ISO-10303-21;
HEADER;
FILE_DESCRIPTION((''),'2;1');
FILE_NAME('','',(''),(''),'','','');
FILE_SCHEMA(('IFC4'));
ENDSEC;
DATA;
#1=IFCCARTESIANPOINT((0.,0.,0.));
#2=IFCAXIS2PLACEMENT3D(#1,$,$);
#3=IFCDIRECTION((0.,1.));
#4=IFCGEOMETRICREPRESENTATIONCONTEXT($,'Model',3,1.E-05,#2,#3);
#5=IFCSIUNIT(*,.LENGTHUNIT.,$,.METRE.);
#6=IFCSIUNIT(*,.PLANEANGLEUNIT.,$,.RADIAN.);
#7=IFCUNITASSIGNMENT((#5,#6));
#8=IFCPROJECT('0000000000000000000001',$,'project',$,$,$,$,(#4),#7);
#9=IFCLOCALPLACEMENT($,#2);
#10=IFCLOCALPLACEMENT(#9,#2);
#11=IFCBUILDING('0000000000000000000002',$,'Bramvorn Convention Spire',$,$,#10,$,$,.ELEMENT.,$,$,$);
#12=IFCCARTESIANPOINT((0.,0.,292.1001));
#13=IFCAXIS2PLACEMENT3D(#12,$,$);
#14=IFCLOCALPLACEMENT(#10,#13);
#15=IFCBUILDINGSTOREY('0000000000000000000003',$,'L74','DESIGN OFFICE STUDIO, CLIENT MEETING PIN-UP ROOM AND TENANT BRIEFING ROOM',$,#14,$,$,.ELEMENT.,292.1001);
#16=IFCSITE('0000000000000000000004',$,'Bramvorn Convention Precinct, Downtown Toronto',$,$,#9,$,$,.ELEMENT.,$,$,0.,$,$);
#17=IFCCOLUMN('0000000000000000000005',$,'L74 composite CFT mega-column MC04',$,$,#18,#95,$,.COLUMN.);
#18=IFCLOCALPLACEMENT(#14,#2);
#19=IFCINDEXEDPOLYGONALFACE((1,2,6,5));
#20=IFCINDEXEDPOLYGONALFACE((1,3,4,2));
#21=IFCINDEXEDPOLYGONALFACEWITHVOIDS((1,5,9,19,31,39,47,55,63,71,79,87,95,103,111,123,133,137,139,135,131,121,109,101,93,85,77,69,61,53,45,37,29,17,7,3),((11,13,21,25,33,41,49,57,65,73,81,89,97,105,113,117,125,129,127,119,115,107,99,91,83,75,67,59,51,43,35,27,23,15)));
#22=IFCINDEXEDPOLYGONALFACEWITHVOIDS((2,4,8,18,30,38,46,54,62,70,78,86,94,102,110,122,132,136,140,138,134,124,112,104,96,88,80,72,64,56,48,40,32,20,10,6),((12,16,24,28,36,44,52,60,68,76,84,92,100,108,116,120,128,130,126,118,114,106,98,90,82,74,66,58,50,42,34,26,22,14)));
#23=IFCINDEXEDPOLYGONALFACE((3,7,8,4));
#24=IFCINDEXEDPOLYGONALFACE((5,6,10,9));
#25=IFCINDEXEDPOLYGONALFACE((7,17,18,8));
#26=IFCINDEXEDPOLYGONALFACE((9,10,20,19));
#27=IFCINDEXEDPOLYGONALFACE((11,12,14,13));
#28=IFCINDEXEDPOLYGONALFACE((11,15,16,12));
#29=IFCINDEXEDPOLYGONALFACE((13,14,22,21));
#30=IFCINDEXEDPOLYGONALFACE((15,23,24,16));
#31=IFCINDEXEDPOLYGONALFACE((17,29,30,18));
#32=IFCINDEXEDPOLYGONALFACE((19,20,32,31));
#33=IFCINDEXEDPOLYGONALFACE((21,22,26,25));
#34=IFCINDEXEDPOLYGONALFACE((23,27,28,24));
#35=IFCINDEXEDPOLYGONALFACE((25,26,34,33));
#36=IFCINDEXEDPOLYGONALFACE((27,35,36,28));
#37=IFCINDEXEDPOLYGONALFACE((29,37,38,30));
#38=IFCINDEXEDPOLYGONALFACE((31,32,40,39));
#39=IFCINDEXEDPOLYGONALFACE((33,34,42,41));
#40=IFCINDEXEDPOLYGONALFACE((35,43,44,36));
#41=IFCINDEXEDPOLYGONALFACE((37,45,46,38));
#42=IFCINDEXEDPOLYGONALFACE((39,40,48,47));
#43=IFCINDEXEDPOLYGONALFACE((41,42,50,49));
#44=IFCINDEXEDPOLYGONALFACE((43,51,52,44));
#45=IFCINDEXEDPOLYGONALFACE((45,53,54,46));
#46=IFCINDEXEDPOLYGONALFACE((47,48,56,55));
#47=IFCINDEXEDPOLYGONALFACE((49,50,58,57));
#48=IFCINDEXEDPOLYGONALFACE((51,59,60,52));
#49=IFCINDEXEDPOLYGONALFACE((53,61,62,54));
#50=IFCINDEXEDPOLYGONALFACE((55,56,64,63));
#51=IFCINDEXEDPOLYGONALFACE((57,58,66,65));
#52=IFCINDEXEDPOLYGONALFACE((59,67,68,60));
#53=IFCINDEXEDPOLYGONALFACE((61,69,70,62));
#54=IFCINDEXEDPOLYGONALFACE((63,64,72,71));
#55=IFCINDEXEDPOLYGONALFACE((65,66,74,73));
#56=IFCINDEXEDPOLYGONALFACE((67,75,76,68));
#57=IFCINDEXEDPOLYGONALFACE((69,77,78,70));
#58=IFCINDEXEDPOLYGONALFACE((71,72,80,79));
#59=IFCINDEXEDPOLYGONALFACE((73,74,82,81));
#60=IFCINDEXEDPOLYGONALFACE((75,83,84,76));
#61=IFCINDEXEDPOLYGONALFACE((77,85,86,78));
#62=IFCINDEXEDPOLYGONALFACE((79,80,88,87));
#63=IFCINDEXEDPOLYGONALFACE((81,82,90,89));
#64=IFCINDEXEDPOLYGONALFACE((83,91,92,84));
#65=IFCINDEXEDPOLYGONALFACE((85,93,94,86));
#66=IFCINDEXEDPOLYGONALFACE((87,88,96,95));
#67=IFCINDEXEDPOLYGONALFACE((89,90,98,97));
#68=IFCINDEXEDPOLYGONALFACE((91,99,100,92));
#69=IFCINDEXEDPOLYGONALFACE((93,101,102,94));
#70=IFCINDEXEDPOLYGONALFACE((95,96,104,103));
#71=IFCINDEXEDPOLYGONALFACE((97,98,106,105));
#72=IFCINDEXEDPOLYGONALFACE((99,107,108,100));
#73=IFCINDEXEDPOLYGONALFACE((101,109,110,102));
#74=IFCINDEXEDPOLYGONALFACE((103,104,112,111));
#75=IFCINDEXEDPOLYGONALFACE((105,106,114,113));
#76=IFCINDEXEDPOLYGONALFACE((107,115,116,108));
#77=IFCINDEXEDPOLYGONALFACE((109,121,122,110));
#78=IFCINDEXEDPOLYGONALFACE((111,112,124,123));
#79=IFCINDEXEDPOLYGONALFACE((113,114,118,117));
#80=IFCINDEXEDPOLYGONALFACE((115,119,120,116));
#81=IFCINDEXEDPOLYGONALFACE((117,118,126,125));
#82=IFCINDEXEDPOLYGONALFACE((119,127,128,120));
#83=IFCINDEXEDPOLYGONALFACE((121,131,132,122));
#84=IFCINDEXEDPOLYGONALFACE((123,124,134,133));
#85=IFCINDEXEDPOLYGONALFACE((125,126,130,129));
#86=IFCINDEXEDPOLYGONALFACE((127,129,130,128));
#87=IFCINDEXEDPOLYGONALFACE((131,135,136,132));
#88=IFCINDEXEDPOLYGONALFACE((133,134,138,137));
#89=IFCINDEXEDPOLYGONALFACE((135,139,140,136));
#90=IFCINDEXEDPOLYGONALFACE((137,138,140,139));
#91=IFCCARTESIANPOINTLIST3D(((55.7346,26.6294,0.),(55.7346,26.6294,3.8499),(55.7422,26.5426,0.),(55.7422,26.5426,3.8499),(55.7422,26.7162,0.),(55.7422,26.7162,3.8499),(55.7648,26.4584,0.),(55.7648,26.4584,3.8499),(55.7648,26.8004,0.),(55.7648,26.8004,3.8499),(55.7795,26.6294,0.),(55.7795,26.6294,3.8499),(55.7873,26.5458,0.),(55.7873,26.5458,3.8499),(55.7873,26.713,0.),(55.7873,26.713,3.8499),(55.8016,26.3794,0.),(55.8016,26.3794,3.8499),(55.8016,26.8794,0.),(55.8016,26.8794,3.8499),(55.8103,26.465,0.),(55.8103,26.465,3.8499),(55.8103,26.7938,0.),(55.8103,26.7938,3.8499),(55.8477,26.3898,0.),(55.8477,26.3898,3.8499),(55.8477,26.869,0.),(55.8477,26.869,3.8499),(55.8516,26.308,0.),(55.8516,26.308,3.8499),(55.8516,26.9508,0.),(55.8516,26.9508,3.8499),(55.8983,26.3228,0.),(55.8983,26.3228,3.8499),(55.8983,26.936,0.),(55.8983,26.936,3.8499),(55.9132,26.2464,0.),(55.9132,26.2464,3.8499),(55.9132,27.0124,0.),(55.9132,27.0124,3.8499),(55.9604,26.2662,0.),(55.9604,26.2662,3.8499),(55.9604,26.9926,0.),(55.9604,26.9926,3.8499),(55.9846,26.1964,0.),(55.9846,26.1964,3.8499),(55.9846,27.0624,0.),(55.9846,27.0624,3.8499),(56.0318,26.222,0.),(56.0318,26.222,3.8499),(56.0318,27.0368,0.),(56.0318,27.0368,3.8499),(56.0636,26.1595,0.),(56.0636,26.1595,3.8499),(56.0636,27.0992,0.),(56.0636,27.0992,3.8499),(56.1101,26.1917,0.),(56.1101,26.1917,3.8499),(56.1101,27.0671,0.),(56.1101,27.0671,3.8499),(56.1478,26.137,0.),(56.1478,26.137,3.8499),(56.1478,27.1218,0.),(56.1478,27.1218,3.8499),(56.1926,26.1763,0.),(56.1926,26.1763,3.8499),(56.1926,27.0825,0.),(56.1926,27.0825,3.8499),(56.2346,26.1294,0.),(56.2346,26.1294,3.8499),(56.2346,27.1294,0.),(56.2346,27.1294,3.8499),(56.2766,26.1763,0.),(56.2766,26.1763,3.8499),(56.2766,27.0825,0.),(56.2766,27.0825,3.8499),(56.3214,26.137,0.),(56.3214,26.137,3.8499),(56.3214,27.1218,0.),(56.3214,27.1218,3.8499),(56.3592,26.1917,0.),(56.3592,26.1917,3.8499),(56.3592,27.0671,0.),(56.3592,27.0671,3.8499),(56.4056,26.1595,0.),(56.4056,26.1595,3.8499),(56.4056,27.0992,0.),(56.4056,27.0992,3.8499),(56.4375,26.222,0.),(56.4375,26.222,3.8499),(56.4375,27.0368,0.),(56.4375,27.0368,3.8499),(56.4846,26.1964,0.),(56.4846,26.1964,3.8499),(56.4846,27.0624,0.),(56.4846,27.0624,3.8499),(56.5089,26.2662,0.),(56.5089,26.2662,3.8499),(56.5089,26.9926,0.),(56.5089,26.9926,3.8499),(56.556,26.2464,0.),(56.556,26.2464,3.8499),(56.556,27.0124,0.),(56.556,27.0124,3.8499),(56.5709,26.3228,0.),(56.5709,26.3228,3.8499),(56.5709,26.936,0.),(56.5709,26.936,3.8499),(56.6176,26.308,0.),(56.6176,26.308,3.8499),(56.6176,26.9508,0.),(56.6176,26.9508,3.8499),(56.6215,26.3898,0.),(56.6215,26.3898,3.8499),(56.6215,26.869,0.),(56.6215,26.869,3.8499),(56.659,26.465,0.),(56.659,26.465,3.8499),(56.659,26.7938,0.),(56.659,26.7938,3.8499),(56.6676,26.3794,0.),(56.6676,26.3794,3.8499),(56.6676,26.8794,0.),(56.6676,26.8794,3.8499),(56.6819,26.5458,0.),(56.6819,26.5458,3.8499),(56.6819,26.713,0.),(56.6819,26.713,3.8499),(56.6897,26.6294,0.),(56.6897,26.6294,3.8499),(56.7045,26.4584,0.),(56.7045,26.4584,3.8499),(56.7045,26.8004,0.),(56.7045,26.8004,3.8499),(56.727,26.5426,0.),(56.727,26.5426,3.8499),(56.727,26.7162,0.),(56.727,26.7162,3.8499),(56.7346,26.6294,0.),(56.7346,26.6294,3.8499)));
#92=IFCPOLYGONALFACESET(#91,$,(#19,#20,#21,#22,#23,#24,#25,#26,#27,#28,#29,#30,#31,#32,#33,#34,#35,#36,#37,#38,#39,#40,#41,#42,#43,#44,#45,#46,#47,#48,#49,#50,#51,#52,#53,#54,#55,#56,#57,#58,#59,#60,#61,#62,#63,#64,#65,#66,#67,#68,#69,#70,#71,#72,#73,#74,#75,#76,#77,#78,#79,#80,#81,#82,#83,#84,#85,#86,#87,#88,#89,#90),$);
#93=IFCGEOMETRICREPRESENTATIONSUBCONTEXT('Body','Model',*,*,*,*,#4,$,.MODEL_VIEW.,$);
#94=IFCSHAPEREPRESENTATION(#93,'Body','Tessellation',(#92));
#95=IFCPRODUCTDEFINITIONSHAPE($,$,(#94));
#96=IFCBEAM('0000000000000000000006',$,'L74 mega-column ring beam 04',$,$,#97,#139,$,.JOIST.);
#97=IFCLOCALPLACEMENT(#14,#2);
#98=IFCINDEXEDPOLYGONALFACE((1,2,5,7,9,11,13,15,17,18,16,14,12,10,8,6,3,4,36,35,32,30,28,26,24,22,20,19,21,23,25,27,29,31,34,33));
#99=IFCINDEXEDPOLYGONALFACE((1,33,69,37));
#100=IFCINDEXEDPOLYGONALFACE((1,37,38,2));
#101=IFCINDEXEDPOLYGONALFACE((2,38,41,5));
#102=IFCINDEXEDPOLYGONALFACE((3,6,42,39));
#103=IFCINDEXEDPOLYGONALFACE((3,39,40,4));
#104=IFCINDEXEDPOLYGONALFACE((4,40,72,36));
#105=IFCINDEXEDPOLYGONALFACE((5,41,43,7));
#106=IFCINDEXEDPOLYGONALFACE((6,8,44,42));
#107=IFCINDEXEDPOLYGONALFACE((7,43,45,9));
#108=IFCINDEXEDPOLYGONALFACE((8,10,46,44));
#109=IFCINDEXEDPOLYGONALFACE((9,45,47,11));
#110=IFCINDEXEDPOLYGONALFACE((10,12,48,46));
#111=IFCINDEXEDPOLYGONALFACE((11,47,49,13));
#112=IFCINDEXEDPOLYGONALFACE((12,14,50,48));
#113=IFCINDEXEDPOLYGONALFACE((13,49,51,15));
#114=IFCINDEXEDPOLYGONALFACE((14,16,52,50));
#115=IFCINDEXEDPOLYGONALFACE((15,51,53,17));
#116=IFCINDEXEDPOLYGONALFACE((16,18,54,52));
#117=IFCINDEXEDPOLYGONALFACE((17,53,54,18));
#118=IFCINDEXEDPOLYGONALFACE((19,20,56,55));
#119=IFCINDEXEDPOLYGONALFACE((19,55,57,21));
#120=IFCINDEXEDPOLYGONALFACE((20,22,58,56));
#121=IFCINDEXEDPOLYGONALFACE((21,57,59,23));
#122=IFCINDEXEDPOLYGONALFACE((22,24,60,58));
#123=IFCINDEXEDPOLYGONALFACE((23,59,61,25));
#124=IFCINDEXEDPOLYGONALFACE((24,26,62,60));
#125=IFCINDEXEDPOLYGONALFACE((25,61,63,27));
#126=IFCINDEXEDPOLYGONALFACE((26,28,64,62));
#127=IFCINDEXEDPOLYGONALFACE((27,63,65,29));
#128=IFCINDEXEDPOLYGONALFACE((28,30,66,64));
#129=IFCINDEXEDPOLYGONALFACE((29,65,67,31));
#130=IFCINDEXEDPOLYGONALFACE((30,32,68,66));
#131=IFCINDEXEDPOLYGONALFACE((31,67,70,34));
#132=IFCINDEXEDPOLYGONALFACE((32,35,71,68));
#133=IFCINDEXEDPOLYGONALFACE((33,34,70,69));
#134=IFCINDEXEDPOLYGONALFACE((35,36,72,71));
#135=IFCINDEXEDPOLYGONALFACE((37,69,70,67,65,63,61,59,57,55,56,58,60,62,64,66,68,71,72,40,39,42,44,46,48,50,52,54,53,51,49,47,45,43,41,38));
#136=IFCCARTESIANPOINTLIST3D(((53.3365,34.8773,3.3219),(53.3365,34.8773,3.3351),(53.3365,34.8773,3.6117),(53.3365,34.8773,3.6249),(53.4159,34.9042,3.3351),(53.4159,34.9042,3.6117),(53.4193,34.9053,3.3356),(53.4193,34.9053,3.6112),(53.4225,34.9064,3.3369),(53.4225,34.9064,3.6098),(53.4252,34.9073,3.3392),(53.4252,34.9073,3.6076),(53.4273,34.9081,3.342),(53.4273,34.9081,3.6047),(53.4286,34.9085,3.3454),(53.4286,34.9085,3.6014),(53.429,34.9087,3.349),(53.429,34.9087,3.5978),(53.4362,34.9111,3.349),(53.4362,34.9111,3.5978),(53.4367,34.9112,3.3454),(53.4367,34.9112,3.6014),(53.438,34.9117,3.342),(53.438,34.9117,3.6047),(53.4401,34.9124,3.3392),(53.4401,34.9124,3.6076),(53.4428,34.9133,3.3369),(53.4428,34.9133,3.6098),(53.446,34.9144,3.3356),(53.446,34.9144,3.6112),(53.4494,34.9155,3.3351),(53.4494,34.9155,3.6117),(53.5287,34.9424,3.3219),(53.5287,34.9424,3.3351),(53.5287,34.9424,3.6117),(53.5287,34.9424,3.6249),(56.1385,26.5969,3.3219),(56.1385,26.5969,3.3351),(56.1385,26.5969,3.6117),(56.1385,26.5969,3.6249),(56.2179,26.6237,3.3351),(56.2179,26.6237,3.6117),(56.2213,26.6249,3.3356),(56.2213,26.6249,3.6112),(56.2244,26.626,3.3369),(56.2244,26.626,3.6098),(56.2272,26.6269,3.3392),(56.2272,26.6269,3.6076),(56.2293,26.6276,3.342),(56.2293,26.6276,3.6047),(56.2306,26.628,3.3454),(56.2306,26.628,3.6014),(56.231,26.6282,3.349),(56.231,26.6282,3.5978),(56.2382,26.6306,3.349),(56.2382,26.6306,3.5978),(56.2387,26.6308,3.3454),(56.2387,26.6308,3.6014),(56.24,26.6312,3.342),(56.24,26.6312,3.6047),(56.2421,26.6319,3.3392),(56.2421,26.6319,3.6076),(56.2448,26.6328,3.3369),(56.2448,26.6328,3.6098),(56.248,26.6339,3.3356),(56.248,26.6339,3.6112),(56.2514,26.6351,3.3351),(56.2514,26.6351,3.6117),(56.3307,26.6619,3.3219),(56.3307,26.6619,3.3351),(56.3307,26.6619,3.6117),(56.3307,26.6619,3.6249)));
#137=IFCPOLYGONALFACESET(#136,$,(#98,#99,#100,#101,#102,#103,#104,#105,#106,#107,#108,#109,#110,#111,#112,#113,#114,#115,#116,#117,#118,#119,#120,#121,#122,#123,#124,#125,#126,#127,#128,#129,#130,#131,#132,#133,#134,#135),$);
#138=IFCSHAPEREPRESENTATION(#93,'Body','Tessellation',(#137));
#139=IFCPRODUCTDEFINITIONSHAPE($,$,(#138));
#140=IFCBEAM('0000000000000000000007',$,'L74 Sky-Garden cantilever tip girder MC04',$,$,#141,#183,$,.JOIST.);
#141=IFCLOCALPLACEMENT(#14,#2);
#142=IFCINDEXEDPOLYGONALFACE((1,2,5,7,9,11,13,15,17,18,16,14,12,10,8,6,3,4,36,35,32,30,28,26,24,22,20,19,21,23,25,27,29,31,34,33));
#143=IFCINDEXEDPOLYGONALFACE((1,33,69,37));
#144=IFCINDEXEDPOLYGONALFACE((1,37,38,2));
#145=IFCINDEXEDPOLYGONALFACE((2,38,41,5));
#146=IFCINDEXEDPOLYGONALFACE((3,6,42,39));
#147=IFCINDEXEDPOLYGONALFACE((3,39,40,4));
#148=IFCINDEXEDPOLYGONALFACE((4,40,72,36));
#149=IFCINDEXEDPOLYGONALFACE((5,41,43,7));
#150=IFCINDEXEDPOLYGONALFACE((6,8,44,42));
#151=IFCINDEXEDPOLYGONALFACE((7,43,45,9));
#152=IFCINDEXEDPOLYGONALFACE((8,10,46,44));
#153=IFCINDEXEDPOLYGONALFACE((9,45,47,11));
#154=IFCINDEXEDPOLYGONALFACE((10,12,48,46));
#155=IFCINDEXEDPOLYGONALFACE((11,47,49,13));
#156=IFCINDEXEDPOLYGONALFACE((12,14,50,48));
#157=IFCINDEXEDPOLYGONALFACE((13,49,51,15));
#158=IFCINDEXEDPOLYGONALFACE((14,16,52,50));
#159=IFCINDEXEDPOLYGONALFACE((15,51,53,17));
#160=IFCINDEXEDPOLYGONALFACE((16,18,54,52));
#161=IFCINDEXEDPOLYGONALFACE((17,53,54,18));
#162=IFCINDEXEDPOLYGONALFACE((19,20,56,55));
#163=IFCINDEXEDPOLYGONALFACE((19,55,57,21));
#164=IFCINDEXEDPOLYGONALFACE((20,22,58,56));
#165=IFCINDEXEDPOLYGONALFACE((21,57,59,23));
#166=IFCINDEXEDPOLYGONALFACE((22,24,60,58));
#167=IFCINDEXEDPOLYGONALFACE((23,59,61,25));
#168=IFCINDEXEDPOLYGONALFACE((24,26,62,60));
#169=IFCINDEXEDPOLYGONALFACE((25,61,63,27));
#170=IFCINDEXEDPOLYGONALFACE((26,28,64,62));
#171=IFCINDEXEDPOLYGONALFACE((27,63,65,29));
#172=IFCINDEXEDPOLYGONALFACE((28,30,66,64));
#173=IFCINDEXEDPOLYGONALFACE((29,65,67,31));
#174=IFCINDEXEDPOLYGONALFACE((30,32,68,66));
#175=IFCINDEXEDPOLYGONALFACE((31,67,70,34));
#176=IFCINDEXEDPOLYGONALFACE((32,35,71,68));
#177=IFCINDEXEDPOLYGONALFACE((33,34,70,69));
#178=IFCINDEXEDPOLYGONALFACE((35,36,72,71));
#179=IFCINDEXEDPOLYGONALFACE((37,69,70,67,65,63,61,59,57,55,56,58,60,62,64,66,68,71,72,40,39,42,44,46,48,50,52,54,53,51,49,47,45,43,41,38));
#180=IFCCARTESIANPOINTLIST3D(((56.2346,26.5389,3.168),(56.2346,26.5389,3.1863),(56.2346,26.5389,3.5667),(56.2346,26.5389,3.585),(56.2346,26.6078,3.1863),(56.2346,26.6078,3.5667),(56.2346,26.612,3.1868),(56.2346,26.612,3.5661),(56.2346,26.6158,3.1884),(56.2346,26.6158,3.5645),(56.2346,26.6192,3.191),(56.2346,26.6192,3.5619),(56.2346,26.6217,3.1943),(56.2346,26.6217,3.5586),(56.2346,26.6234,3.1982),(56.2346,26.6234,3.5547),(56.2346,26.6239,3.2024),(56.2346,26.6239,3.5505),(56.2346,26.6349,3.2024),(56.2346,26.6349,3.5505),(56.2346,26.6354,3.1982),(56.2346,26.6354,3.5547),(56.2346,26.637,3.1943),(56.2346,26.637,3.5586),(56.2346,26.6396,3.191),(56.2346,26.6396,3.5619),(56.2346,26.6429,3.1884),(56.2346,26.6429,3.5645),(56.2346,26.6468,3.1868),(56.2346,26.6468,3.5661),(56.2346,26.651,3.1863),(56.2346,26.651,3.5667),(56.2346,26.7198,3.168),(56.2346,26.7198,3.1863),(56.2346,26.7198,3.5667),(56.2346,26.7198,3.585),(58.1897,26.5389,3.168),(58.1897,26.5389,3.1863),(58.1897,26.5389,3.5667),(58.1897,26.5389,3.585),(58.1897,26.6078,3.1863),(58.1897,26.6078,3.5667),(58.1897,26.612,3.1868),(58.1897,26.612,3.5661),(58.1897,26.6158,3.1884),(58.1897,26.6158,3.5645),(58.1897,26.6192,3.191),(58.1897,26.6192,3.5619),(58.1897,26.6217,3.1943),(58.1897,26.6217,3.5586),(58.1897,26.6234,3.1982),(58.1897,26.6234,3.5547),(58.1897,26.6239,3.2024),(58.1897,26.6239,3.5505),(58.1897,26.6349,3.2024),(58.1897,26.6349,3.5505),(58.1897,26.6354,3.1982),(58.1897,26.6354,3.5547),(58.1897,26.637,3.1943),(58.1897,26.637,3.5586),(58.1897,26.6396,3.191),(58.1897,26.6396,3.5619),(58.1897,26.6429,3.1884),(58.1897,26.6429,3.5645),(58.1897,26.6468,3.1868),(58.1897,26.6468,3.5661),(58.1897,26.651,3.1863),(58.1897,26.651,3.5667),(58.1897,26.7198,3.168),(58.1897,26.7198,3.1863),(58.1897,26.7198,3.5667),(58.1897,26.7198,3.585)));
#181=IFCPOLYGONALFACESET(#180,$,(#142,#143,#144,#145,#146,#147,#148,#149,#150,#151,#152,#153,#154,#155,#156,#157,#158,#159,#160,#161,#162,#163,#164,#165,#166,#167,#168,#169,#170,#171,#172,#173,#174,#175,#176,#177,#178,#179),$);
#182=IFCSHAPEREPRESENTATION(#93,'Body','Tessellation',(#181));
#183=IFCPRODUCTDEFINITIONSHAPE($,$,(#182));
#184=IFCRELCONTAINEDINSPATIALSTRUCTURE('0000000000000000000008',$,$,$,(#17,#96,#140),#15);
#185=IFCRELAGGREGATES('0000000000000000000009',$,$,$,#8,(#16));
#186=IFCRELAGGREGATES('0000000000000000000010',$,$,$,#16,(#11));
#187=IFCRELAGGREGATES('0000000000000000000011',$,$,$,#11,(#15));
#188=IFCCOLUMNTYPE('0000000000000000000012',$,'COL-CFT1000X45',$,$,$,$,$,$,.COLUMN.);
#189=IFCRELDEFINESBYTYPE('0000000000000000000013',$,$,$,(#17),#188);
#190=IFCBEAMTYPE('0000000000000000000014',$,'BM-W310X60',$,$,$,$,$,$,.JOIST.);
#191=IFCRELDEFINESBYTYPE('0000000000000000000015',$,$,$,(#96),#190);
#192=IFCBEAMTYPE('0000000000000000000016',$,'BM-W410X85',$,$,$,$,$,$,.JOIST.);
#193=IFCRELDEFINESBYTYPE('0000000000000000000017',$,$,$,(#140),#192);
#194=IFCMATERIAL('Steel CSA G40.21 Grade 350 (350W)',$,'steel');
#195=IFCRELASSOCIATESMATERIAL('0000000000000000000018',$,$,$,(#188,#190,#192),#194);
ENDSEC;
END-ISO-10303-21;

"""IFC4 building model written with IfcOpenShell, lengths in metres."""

from ifc_helpers import new_model, si_unit, direction, frame, origin, origin_2d, place, context, subcontext, project, spatial, hollow_circle, i_section, extrude, material, material_profile, profile_set, type_object, element, save


model = new_model("IFC4")

# Units and contexts
model_context = context("Model", 3, precision=1e-05, world=origin(), true_north=direction((0.0, 1.0)))
body_context = subcontext(model_context, "Body", "Model", "MODEL_VIEW")
ifc_project = project(units=[si_unit("LENGTHUNIT", "METRE"), si_unit("PLANEANGLEUNIT", "RADIAN")], contexts=[model_context])

# Site, building, storey
site_placement = place(None, origin())
site = spatial("IfcSite", under=ifc_project, at=site_placement, Name="Bramvorn Convention Precinct, Downtown Toronto", CompositionType="ELEMENT", RefElevation=0.0)
building_placement = place(site_placement, origin())
building = spatial("IfcBuilding", under=site, at=building_placement, Name="Bramvorn Convention Spire", CompositionType="ELEMENT")
storey_placement = place(building_placement, frame((0.0, 0.0, 292.1001)))
storey = spatial("IfcBuildingStorey", under=building, at=storey_placement, Name="L74", Description="DESIGN OFFICE STUDIO, CLIENT MEETING PIN-UP ROOM AND TENANT BRIEFING ROOM", CompositionType="ELEMENT", Elevation=292.1001)

# Column
ifc_material_1 = material(Name="Steel CSA G40.21 Grade 350 (350W)", Category="steel")
ifc_material_profile_1 = material_profile(ifc_material_1, hollow_circle(Radius=0.5, WallThickness=0.0449, at=origin_2d()))
ifc_profile_set_1 = profile_set([ifc_material_profile_1], Name="Steel CSA G40.21 Grade 350 (350W) - CFT1000X45")
column_type = type_object("IfcColumnType", Name="COL-CFT1000X45", PredefinedType="COLUMN", material=ifc_profile_set_1)
column_placement = place(storey_placement, frame((56.2346, 26.6294, 0.0), z_axis=(0.0, 0.0, 1.0), x_axis=(1.0, 0.0, 0.0)))
element("IfcColumn", 1, at=column_placement, inside=storey, type_object=column_type, Name="L74 composite CFT mega-column MC04", PredefinedType="COLUMN", context=body_context, shape_type="SweptSolid", body=[
    extrude(hollow_circle(Radius=0.5, WallThickness=0.0449, at=origin_2d()), origin(), (0.0, 0.0, 1.0), 3.8499),
])

# Beams
ifc_material_profile_2 = material_profile(ifc_material_1, i_section(OverallWidth=0.2029, OverallDepth=0.303, WebThickness=0.0076, FlangeThickness=0.0132, FilletRadius=0.0139, at=origin_2d()))
ifc_profile_set_2 = profile_set([ifc_material_profile_2], Name="Steel CSA G40.21 Grade 350 (350W) - W310X60")
beam_type_1 = type_object("IfcBeamType", Name="BM-W310X60", PredefinedType="JOIST", material=ifc_profile_set_2)
beam_1_placement = place(storey_placement, frame((56.2346, 26.6294, 3.4734), z_axis=(-0.320531, 0.947238, 0.0), x_axis=(-0.947238, -0.320531, 0.0)))
element("IfcBeam", 2, at=beam_1_placement, inside=storey, type_object=beam_type_1, Name="L74 mega-column ring beam 04", PredefinedType="JOIST", context=body_context, shape_type="SweptSolid", body=[
    extrude(i_section(OverallWidth=0.2029, OverallDepth=0.303, WebThickness=0.0076, FlangeThickness=0.0132, FilletRadius=0.0139, at=origin_2d()), origin(), (0.0, 0.0, 1.0), 8.7417),
])
ifc_material_profile_3 = material_profile(ifc_material_1, i_section(OverallWidth=0.1809, OverallDepth=0.417, WebThickness=0.011, FlangeThickness=0.0183, FilletRadius=0.0161, at=origin_2d()))
ifc_profile_set_3 = profile_set([ifc_material_profile_3], Name="Steel CSA G40.21 Grade 350 (350W) - W410X85")
beam_type_2 = type_object("IfcBeamType", Name="BM-W410X85", PredefinedType="JOIST", material=ifc_profile_set_3)
beam_2_placement = place(storey_placement, frame((56.2346, 26.6294, 3.3765), z_axis=(1.0, 0.0, 0.0), x_axis=(0.0, 1.0, 0.0)))
element("IfcBeam", 3, at=beam_2_placement, inside=storey, type_object=beam_type_2, Name="L74 Sky-Garden cantilever tip girder MC04", PredefinedType="JOIST", context=body_context, shape_type="SweptSolid", body=[
    extrude(i_section(OverallWidth=0.1809, OverallDepth=0.417, WebThickness=0.011, FlangeThickness=0.0183, FilletRadius=0.0161, at=origin_2d()), origin(), (0.0, 0.0, 1.0), 1.9551),
])

save(model, "model.ifc")
